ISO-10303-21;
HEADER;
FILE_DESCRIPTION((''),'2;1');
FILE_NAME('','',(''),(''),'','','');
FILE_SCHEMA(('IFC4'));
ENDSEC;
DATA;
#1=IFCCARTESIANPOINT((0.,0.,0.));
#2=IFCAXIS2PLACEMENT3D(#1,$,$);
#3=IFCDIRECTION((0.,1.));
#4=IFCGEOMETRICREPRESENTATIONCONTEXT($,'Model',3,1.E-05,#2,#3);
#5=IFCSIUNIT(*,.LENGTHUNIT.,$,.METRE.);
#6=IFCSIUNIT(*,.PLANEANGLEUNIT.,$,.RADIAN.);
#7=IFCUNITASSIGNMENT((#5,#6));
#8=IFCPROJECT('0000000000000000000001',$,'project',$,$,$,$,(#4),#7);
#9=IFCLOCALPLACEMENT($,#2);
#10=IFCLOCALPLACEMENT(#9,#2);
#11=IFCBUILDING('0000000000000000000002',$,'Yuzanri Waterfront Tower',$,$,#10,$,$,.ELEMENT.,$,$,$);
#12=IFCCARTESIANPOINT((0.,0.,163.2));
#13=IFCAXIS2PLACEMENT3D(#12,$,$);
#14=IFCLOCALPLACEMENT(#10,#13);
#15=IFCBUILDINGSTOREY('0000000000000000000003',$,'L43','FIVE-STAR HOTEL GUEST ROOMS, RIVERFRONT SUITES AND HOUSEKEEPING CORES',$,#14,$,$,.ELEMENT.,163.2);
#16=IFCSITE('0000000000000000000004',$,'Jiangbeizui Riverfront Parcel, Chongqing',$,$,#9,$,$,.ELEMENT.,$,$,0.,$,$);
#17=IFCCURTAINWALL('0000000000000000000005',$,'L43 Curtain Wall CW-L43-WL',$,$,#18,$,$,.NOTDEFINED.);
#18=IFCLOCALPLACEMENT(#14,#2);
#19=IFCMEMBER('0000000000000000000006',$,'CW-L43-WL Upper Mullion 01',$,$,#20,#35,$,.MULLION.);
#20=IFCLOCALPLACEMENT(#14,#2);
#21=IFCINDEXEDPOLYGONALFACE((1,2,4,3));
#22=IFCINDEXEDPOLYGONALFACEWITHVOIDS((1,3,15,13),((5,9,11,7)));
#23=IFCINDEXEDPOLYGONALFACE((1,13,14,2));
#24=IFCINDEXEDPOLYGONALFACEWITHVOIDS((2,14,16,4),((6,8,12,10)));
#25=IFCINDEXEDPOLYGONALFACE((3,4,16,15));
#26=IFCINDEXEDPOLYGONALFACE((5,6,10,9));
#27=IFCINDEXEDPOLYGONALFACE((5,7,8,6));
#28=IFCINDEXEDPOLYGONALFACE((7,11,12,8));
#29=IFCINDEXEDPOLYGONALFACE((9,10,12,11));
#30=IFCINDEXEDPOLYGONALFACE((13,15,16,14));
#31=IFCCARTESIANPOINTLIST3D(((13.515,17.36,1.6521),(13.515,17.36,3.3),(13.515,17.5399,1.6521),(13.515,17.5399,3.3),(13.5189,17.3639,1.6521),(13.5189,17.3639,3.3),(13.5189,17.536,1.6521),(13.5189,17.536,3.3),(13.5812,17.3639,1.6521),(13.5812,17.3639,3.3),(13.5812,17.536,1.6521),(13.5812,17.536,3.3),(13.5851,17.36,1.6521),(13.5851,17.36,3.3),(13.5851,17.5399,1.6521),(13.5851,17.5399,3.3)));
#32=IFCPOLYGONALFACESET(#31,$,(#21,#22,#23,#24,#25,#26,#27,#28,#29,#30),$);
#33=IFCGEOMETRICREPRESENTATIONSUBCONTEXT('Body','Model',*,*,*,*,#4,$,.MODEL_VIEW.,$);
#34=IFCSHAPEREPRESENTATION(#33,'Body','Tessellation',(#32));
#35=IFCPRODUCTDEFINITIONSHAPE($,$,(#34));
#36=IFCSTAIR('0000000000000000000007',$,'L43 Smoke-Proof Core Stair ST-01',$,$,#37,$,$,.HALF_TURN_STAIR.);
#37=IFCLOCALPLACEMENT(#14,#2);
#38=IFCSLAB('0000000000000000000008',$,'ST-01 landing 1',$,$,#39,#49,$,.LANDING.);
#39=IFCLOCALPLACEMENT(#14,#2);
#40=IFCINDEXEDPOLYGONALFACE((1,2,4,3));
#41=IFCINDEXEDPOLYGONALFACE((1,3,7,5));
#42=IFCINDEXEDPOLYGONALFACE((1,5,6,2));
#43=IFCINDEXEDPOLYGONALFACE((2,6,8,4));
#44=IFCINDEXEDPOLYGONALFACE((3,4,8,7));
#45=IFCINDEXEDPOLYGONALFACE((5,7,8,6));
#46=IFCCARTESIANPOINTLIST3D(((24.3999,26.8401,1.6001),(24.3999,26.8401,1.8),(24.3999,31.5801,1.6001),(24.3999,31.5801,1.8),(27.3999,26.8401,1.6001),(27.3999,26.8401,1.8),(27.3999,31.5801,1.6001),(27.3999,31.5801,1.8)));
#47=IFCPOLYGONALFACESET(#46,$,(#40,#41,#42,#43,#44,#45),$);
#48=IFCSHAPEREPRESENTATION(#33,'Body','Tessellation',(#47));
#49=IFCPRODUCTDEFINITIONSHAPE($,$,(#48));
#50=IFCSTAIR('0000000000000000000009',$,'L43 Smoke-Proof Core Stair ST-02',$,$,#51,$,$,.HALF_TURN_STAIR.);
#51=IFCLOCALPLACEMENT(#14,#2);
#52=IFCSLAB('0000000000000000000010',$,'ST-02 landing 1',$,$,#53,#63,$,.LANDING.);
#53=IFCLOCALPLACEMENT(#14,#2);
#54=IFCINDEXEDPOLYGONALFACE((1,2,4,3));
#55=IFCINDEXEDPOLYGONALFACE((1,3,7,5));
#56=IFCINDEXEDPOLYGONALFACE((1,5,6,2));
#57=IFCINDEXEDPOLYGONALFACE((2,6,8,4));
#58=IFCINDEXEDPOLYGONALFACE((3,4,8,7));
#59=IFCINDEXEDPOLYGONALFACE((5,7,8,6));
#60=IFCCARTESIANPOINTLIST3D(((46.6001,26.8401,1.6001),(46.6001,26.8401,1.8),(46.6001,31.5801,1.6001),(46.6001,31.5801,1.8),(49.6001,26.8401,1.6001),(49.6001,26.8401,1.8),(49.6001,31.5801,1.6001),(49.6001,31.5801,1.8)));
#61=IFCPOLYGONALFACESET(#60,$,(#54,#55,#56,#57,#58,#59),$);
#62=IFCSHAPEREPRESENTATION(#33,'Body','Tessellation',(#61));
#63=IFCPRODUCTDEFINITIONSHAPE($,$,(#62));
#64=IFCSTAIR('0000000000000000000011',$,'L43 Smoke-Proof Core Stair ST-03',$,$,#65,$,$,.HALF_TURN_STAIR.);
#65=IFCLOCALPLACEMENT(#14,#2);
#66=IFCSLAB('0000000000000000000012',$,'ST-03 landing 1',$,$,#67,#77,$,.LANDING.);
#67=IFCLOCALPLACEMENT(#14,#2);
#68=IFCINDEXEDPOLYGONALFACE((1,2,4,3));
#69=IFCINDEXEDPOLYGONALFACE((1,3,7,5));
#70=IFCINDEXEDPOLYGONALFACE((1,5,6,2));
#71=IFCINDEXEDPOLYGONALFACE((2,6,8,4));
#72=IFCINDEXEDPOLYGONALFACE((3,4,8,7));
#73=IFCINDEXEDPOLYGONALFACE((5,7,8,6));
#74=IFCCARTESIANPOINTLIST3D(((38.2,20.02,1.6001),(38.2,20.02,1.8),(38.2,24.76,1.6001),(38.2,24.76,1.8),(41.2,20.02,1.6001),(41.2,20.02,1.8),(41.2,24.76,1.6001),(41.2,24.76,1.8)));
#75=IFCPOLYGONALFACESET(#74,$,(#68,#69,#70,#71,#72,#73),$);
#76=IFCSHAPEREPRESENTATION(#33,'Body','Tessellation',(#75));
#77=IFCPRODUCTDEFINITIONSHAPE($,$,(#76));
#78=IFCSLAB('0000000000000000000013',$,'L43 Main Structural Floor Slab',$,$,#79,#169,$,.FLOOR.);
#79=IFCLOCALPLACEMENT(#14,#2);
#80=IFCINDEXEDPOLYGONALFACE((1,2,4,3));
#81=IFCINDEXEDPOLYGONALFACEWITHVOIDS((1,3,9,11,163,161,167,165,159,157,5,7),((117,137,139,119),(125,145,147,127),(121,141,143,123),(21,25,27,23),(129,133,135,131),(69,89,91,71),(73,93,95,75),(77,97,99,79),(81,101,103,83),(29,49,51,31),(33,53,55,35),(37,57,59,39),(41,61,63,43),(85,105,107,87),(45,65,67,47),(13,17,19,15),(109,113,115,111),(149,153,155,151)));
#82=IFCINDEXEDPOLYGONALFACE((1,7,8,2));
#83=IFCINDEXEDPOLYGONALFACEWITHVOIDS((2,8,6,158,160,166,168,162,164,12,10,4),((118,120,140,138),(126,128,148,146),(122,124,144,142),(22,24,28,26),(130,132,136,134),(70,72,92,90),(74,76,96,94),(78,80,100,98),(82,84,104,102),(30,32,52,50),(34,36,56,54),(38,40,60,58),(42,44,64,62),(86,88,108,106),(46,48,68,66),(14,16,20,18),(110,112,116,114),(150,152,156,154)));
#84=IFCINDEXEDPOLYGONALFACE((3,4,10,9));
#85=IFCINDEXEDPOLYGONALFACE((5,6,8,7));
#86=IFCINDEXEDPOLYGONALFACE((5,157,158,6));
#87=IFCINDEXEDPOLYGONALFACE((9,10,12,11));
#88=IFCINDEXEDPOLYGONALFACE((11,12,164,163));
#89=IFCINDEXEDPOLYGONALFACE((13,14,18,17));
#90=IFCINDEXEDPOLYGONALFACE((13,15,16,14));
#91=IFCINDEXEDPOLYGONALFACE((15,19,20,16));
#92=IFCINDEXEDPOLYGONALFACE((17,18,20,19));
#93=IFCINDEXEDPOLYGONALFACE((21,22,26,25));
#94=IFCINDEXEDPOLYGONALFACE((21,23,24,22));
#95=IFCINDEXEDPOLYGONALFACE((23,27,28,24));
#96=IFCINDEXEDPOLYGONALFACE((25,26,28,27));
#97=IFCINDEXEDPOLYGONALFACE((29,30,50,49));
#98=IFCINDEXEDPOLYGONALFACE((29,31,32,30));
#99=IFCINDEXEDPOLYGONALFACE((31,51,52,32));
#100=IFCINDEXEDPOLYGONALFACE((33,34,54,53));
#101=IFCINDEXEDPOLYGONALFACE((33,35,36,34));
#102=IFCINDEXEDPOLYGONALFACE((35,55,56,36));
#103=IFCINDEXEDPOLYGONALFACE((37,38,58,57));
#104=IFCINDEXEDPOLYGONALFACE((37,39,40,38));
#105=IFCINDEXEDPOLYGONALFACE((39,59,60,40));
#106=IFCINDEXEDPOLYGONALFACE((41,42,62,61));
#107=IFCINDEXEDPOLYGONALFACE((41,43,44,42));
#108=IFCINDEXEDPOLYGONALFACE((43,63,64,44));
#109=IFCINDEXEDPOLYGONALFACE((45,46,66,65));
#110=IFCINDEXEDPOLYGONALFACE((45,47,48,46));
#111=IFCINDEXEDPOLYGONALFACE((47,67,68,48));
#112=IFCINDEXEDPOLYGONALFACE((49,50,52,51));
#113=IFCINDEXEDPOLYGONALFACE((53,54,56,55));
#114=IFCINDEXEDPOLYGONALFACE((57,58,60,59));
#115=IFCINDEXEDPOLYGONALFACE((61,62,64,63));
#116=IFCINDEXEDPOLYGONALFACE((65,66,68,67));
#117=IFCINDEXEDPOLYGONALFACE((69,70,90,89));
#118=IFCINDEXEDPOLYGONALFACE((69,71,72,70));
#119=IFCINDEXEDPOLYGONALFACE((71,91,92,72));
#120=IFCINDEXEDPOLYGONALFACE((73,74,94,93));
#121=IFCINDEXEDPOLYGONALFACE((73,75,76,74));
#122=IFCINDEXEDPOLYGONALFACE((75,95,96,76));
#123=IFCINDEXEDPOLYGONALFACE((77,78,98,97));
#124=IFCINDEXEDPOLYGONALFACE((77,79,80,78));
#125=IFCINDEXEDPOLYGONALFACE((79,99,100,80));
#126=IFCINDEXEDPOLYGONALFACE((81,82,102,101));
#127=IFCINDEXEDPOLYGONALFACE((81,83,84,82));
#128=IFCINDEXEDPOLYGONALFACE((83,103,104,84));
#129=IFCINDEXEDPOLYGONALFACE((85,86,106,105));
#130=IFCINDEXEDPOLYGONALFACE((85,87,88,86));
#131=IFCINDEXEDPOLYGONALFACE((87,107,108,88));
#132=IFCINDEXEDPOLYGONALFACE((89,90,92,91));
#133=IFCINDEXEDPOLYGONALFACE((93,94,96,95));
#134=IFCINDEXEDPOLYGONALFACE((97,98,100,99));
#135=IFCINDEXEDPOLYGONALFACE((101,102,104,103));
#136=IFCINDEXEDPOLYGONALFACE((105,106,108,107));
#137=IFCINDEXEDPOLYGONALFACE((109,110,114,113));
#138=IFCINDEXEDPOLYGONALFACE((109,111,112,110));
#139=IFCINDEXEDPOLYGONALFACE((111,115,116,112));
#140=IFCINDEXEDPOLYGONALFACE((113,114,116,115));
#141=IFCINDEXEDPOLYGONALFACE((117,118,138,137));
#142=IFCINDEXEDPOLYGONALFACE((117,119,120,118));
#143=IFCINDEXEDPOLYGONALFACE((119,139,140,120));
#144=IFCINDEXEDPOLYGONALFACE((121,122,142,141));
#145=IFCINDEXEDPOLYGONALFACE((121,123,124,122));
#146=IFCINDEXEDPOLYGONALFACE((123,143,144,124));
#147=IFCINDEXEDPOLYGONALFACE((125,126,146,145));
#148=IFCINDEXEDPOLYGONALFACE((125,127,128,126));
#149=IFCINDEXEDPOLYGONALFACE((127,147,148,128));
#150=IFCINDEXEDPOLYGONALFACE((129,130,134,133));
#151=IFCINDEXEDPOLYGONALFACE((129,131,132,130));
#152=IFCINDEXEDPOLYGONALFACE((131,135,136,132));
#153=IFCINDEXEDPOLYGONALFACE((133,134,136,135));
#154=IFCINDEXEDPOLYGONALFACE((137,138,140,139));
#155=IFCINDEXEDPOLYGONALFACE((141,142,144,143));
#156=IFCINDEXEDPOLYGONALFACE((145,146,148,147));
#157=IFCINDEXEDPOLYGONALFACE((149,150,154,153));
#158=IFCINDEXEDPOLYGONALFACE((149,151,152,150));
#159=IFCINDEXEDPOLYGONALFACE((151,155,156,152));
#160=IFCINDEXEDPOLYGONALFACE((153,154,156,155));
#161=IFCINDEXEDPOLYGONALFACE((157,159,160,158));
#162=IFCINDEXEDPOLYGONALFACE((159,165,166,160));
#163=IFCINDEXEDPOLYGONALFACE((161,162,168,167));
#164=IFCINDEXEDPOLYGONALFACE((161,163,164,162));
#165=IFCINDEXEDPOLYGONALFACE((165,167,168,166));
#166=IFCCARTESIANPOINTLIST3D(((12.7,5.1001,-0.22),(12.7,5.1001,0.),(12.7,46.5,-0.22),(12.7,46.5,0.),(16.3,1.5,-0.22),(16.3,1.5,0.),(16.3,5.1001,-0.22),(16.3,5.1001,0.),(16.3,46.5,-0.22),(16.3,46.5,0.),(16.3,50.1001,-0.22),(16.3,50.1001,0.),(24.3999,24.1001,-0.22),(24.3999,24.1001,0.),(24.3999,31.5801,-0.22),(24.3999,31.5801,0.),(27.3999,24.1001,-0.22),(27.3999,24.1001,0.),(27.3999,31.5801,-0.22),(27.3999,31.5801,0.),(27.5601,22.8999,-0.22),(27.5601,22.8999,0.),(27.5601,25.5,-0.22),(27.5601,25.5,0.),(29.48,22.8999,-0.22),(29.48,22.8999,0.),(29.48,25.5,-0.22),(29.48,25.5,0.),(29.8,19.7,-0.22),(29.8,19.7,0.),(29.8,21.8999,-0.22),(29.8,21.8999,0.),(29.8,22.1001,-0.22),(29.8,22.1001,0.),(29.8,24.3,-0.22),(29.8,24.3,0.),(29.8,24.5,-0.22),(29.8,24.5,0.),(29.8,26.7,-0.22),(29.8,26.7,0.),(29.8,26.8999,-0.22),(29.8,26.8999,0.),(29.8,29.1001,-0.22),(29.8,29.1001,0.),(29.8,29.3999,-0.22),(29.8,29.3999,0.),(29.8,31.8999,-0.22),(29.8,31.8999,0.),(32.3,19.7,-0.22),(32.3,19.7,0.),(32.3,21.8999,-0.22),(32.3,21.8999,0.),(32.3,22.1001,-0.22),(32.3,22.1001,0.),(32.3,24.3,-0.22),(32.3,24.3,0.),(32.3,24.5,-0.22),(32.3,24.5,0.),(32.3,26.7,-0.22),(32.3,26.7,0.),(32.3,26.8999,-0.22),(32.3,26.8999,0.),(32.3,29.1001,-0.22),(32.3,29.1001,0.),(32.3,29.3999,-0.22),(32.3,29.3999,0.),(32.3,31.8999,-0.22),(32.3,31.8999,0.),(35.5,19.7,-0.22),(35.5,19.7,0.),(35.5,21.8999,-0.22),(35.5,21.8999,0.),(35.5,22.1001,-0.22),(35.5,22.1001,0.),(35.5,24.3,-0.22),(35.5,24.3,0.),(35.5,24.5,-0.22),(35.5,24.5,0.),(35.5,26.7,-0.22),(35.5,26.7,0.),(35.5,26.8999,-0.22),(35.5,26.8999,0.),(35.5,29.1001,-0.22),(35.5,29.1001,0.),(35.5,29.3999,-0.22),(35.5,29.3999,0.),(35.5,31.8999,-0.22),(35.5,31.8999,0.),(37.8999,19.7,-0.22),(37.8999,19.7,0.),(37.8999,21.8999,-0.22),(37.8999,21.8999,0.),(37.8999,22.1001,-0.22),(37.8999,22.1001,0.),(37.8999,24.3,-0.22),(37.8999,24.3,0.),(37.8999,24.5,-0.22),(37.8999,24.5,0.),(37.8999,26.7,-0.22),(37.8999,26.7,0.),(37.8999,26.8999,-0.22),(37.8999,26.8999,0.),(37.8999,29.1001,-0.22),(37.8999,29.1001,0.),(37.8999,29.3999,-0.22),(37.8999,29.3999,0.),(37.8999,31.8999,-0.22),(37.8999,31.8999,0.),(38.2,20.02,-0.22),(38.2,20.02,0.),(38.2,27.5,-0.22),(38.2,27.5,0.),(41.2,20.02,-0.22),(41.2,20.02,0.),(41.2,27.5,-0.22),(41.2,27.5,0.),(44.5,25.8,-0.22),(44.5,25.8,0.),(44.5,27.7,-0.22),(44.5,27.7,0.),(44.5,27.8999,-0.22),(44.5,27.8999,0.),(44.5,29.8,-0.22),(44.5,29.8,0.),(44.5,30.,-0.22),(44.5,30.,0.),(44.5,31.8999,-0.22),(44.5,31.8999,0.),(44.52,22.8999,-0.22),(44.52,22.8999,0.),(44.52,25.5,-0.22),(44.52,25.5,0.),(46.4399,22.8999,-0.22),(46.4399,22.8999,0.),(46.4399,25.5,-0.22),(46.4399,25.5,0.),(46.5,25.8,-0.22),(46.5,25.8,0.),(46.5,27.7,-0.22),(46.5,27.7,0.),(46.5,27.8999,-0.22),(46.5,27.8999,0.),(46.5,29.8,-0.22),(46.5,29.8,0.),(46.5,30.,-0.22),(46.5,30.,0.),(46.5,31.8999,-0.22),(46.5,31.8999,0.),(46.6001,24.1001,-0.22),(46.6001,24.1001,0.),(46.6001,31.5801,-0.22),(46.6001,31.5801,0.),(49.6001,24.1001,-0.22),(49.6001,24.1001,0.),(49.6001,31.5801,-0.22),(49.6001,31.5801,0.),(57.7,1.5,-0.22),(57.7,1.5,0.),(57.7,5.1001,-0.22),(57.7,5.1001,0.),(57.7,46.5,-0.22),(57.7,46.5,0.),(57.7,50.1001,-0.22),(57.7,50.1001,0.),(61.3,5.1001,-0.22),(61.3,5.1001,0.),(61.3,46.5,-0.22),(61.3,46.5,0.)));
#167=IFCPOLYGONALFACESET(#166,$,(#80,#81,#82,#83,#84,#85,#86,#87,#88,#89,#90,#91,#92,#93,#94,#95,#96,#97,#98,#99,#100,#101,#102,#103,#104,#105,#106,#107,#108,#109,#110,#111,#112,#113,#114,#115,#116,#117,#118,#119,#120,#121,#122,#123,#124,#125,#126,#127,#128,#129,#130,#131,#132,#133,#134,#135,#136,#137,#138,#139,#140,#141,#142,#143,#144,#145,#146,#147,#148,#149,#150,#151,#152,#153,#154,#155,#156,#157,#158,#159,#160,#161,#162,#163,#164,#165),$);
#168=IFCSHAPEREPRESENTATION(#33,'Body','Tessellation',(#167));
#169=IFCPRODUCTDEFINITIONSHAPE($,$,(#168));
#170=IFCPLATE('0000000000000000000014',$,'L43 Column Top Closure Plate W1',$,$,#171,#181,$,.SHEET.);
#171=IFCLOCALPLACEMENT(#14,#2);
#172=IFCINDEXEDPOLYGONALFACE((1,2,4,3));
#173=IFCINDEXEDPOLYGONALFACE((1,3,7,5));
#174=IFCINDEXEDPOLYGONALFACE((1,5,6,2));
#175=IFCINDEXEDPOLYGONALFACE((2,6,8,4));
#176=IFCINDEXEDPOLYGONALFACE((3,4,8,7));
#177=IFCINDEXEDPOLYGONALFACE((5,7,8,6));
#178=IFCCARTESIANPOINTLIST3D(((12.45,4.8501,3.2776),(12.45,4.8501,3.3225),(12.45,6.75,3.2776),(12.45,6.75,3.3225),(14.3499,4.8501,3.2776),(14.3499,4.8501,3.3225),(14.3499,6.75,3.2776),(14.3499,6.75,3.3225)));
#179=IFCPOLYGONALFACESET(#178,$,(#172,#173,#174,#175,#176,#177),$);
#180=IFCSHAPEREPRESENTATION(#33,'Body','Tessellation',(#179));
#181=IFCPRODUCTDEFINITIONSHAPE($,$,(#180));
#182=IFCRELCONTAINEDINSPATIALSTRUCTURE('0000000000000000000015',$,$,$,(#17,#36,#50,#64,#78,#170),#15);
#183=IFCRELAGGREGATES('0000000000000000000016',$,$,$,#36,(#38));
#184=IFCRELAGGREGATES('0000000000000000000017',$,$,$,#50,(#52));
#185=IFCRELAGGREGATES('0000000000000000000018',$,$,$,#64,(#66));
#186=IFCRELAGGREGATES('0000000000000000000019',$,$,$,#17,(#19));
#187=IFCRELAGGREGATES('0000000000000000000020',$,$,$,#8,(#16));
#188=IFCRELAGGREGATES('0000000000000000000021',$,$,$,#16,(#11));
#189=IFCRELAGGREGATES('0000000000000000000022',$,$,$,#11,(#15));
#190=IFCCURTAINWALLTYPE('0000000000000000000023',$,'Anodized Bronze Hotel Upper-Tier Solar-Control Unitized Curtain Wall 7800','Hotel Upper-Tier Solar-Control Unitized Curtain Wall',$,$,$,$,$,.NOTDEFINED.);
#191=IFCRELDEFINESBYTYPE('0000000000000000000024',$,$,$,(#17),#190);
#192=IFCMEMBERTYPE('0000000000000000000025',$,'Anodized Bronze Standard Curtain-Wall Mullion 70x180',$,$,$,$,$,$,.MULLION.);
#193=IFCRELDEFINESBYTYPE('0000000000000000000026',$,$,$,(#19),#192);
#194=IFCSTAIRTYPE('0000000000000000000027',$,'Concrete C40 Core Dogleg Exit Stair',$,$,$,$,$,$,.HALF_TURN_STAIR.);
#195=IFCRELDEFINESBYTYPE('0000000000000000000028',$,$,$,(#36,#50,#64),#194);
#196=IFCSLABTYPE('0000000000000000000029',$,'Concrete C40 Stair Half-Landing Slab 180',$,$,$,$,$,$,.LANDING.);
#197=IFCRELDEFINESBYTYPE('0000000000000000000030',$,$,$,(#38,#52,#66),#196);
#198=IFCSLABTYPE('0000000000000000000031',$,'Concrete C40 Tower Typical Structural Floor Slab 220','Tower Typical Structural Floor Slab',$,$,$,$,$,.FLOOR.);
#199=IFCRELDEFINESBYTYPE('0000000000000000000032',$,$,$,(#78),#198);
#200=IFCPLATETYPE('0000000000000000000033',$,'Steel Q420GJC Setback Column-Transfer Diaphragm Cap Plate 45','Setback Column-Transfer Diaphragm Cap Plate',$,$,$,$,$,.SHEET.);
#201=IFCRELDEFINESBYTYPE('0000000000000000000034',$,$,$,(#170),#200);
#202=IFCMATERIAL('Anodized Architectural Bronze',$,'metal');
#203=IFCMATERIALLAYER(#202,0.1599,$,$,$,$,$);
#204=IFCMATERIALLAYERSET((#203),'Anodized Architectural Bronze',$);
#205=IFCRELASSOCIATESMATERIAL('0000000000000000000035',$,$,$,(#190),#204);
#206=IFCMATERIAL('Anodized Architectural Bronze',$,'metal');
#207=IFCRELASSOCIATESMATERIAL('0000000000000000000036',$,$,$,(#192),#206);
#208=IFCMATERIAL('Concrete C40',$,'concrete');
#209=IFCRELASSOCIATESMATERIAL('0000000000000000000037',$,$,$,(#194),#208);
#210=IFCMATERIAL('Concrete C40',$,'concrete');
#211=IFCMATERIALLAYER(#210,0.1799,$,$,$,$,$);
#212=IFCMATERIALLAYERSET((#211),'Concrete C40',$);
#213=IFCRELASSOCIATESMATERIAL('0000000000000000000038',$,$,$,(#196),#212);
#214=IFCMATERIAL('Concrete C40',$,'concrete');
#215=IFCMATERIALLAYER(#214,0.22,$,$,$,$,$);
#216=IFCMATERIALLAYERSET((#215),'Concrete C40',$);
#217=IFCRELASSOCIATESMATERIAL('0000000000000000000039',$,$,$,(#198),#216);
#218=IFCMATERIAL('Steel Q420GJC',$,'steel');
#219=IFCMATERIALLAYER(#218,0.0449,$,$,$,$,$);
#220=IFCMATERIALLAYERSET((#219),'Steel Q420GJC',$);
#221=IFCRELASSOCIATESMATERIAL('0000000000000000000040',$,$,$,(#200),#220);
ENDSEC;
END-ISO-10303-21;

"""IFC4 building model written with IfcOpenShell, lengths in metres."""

from ifc_helpers import new_model, si_unit, direction, frame, origin, origin_2d, place, context, subcontext, project, spatial, polyline, rectangle, hollow_rectangle, outline, extrude, source, transform, mapped, material, layer, layer_set, material_profile, profile_set, type_object, element, aggregate, save


model = new_model("IFC4")

# Units and contexts
model_context = context("Model", 3, precision=1e-05, world=origin(), true_north=direction((0.0, 1.0)))
body_context = subcontext(model_context, "Body", "Model", "MODEL_VIEW")
ifc_project = project(units=[si_unit("LENGTHUNIT", "METRE"), si_unit("PLANEANGLEUNIT", "RADIAN")], contexts=[model_context])

# Site, building, storey
site_placement = place(None, origin())
site = spatial("IfcSite", under=ifc_project, at=site_placement, Name="Jiangbeizui Riverfront Parcel, Chongqing", CompositionType="ELEMENT", RefElevation=0.0)
building_placement = place(site_placement, origin())
building = spatial("IfcBuilding", under=site, at=building_placement, Name="Yuzanri Waterfront Tower", CompositionType="ELEMENT")
storey_placement = place(building_placement, frame((0.0, 0.0, 163.2)))
storey = spatial("IfcBuildingStorey", under=building, at=storey_placement, Name="L43", Description="FIVE-STAR HOTEL GUEST ROOMS, RIVERFRONT SUITES AND HOUSEKEEPING CORES", CompositionType="ELEMENT", Elevation=163.2)

# Curtain wall, member
ifc_material_1 = material(Name="Anodized Architectural Bronze", Category="metal")
ifc_layer_1 = layer(ifc_material_1, 0.1599)
ifc_layer_set_1 = layer_set([ifc_layer_1], Name="Anodized Architectural Bronze")
curtain_wall_type = type_object("IfcCurtainWallType", Name="Anodized Bronze Hotel Upper-Tier Solar-Control Unitized Curtain Wall 7800", Description="Hotel Upper-Tier Solar-Control Unitized Curtain Wall", PredefinedType="NOTDEFINED", material=ifc_layer_set_1)
curtain_wall_placement = place(storey_placement, origin())
curtain_wall = element("IfcCurtainWall", 1, at=curtain_wall_placement, inside=storey, type_object=curtain_wall_type, Name="L43 Curtain Wall CW-L43-WL", PredefinedType="NOTDEFINED")
ifc_material_2 = material(Name="Anodized Architectural Bronze", Category="metal")
ifc_material_profile_1 = material_profile(ifc_material_2, hollow_rectangle(XDim=0.0701, YDim=0.1799, WallThickness=0.0039, at=origin_2d()), Name="CWM 70x180")
ifc_profile_set_1 = profile_set([ifc_material_profile_1], Name="Anodized Architectural Bronze")
member_type_1 = type_object("IfcMemberType", Name="Anodized Bronze Standard Curtain-Wall Mullion 70x180", PredefinedType="MULLION", material=ifc_profile_set_1)
shared_shape_1 = source(origin(), body_context, "Body", "SweptSolid", [
    extrude(hollow_rectangle(XDim=0.0701, YDim=0.1799, WallThickness=0.0039, at=origin_2d()), origin(), (0.0, 0.0, 1.0), 1.6479),
])
member_1_placement = place(storey_placement, frame((13.55, 17.45, 1.6521), z_axis=(0.0, 0.0, 1.0), x_axis=(1.0, 0.0, 0.0)))
member_1 = element("IfcMember", 2, at=member_1_placement, type_object=member_type_1, Name="CW-L43-WL Upper Mullion 01", PredefinedType="MULLION", context=body_context, shape_type="MappedRepresentation", body=[
    mapped(shared_shape_1, transform((0.0, 0.0, 0.0), scale=1.0)),
])

# Stairs, slabs
ifc_material_3 = material(Name="Concrete C40", Category="concrete")
stair_type = type_object("IfcStairType", Name="Concrete C40 Core Dogleg Exit Stair", PredefinedType="HALF_TURN_STAIR", material=ifc_material_3)
stair_1_placement = place(storey_placement, origin())
stair_1 = element("IfcStair", 3, at=stair_1_placement, inside=storey, type_object=stair_type, Name="L43 Smoke-Proof Core Stair ST-01", PredefinedType="HALF_TURN_STAIR")
ifc_material_4 = material(Name="Concrete C40", Category="concrete")
ifc_layer_2 = layer(ifc_material_4, 0.1799)
ifc_layer_set_2 = layer_set([ifc_layer_2], Name="Concrete C40")
slab_type_1 = type_object("IfcSlabType", Name="Concrete C40 Stair Half-Landing Slab 180", PredefinedType="LANDING", material=ifc_layer_set_2)
slab_1_placement = place(storey_placement, frame((0.0, 0.0, 1.6001)))
slab_1 = element("IfcSlab", 4, at=slab_1_placement, type_object=slab_type_1, Name="ST-01 landing 1", PredefinedType="LANDING", context=body_context, shape_type="SweptSolid", body=[
    extrude(outline(polyline([(27.3999, 26.8401), (27.3999, 31.5801), (24.3999, 31.5801), (24.3999, 26.8401), (27.3999, 26.8401)])), origin(), (0.0, 0.0, 1.0), 0.2),
])
aggregate(stair_1, [slab_1])
stair_2_placement = place(storey_placement, origin())
stair_2 = element("IfcStair", 5, at=stair_2_placement, inside=storey, type_object=stair_type, Name="L43 Smoke-Proof Core Stair ST-02", PredefinedType="HALF_TURN_STAIR")
slab_2_placement = place(storey_placement, frame((0.0, 0.0, 1.6001)))
slab_2 = element("IfcSlab", 6, at=slab_2_placement, type_object=slab_type_1, Name="ST-02 landing 1", PredefinedType="LANDING", context=body_context, shape_type="SweptSolid", body=[
    extrude(outline(polyline([(49.6001, 26.8401), (49.6001, 31.5801), (46.6001, 31.5801), (46.6001, 26.8401), (49.6001, 26.8401)])), origin(), (0.0, 0.0, 1.0), 0.2),
])
aggregate(stair_2, [slab_2])
stair_3_placement = place(storey_placement, origin())
stair_3 = element("IfcStair", 7, at=stair_3_placement, inside=storey, type_object=stair_type, Name="L43 Smoke-Proof Core Stair ST-03", PredefinedType="HALF_TURN_STAIR")
slab_3_placement = place(storey_placement, frame((0.0, 0.0, 1.6001)))
slab_3 = element("IfcSlab", 8, at=slab_3_placement, type_object=slab_type_1, Name="ST-03 landing 1", PredefinedType="LANDING", context=body_context, shape_type="SweptSolid", body=[
    extrude(outline(polyline([(38.2, 24.76), (38.2, 20.02), (41.2, 20.02), (41.2, 24.76), (38.2, 24.76)])), origin(), (0.0, 0.0, 1.0), 0.2),
])
aggregate(stair_3, [slab_3])

# Slab
ifc_material_5 = material(Name="Concrete C40", Category="concrete")
ifc_layer_3 = layer(ifc_material_5, 0.22)
ifc_layer_set_3 = layer_set([ifc_layer_3], Name="Concrete C40")
slab_type_2 = type_object("IfcSlabType", Name="Concrete C40 Tower Typical Structural Floor Slab 220", Description="Tower Typical Structural Floor Slab", PredefinedType="FLOOR", material=ifc_layer_set_3)
slab_4_placement = place(storey_placement, frame((0.0, 0.0, -0.22)))
element("IfcSlab", 9, at=slab_4_placement, inside=storey, type_object=slab_type_2, Name="L43 Main Structural Floor Slab", PredefinedType="FLOOR", context=body_context, shape_type="SweptSolid", body=[
    extrude(outline(polyline([(16.3, 1.5), (57.7, 1.5), (57.7, 5.1001), (61.3, 5.1001), (61.3, 46.5), (57.7, 46.5), (57.7, 50.1001), (16.3, 50.1001), (16.3, 46.5), (12.7, 46.5), (12.7, 5.1001), (16.3, 5.1001), (16.3, 1.5)]), holes=[polyline([(27.3999, 24.1001), (27.3999, 31.5801), (24.3999, 31.5801), (24.3999, 24.1001), (27.3999, 24.1001)]), polyline([(49.6001, 24.1001), (49.6001, 31.5801), (46.6001, 31.5801), (46.6001, 24.1001), (49.6001, 24.1001)]), polyline([(38.2, 27.5), (38.2, 20.02), (41.2, 20.02), (41.2, 27.5), (38.2, 27.5)]), polyline([(27.5601, 22.8999), (29.48, 22.8999), (29.48, 25.5), (27.5601, 25.5), (27.5601, 22.8999)]), polyline([(44.52, 22.8999), (46.4399, 22.8999), (46.4399, 25.5), (44.52, 25.5), (44.52, 22.8999)]), polyline([(29.8, 19.7), (32.3, 19.7), (32.3, 21.8999), (29.8, 21.8999), (29.8, 19.7)]), polyline([(29.8, 22.1001), (32.3, 22.1001), (32.3, 24.3), (29.8, 24.3), (29.8, 22.1001)]), polyline([(29.8, 24.5), (32.3, 24.5), (32.3, 26.7), (29.8, 26.7), (29.8, 24.5)]), polyline([(29.8, 26.8999), (32.3, 26.8999), (32.3, 29.1001), (29.8, 29.1001), (29.8, 26.8999)]), polyline([(29.8, 29.3999), (32.3, 29.3999), (32.3, 31.8999), (29.8, 31.8999), (29.8, 29.3999)]), polyline([(35.5, 19.7), (37.8999, 19.7), (37.8999, 21.8999), (35.5, 21.8999), (35.5, 19.7)]), polyline([(35.5, 22.1001), (37.8999, 22.1001), (37.8999, 24.3), (35.5, 24.3), (35.5, 22.1001)]), polyline([(35.5, 24.5), (37.8999, 24.5), (37.8999, 26.7), (35.5, 26.7), (35.5, 24.5)]), polyline([(35.5, 26.8999), (37.8999, 26.8999), (37.8999, 29.1001), (35.5, 29.1001), (35.5, 26.8999)]), polyline([(35.5, 29.3999), (37.8999, 29.3999), (37.8999, 31.8999), (35.5, 31.8999), (35.5, 29.3999)]), polyline([(44.5, 25.8), (46.5, 25.8), (46.5, 27.7), (44.5, 27.7), (44.5, 25.8)]), polyline([(44.5, 27.8999), (46.5, 27.8999), (46.5, 29.8), (44.5, 29.8), (44.5, 27.8999)]), polyline([(44.5, 30.0), (46.5, 30.0), (46.5, 31.8999), (44.5, 31.8999), (44.5, 30.0)])]), origin(), (0.0, 0.0, 1.0), 0.22),
])

# Plate
ifc_material_6 = material(Name="Steel Q420GJC", Category="steel")
ifc_layer_4 = layer(ifc_material_6, 0.0449)
ifc_layer_set_4 = layer_set([ifc_layer_4], Name="Steel Q420GJC")
plate_type_1 = type_object("IfcPlateType", Name="Steel Q420GJC Setback Column-Transfer Diaphragm Cap Plate 45", Description="Setback Column-Transfer Diaphragm Cap Plate", PredefinedType="SHEET", material=ifc_layer_set_4)
shared_shape_2 = source(origin(), body_context, "Body", "SweptSolid", [
    extrude(rectangle(XDim=1.8999, YDim=1.8999, at=origin_2d()), origin(), (0.0, 0.0, 1.0), 0.0449),
])
plate_1_placement = place(storey_placement, frame((13.3999, 5.8, 3.2776), z_axis=(0.0, 0.0, 1.0), x_axis=(1.0, 0.0, 0.0)))
element("IfcPlate", 10, at=plate_1_placement, inside=storey, type_object=plate_type_1, Name="L43 Column Top Closure Plate W1", PredefinedType="SHEET", context=body_context, shape_type="MappedRepresentation", body=[
    mapped(shared_shape_2, transform((0.0, 0.0, 0.0), scale=1.0)),
])

aggregate(curtain_wall, [member_1])

save(model, "model.ifc")
